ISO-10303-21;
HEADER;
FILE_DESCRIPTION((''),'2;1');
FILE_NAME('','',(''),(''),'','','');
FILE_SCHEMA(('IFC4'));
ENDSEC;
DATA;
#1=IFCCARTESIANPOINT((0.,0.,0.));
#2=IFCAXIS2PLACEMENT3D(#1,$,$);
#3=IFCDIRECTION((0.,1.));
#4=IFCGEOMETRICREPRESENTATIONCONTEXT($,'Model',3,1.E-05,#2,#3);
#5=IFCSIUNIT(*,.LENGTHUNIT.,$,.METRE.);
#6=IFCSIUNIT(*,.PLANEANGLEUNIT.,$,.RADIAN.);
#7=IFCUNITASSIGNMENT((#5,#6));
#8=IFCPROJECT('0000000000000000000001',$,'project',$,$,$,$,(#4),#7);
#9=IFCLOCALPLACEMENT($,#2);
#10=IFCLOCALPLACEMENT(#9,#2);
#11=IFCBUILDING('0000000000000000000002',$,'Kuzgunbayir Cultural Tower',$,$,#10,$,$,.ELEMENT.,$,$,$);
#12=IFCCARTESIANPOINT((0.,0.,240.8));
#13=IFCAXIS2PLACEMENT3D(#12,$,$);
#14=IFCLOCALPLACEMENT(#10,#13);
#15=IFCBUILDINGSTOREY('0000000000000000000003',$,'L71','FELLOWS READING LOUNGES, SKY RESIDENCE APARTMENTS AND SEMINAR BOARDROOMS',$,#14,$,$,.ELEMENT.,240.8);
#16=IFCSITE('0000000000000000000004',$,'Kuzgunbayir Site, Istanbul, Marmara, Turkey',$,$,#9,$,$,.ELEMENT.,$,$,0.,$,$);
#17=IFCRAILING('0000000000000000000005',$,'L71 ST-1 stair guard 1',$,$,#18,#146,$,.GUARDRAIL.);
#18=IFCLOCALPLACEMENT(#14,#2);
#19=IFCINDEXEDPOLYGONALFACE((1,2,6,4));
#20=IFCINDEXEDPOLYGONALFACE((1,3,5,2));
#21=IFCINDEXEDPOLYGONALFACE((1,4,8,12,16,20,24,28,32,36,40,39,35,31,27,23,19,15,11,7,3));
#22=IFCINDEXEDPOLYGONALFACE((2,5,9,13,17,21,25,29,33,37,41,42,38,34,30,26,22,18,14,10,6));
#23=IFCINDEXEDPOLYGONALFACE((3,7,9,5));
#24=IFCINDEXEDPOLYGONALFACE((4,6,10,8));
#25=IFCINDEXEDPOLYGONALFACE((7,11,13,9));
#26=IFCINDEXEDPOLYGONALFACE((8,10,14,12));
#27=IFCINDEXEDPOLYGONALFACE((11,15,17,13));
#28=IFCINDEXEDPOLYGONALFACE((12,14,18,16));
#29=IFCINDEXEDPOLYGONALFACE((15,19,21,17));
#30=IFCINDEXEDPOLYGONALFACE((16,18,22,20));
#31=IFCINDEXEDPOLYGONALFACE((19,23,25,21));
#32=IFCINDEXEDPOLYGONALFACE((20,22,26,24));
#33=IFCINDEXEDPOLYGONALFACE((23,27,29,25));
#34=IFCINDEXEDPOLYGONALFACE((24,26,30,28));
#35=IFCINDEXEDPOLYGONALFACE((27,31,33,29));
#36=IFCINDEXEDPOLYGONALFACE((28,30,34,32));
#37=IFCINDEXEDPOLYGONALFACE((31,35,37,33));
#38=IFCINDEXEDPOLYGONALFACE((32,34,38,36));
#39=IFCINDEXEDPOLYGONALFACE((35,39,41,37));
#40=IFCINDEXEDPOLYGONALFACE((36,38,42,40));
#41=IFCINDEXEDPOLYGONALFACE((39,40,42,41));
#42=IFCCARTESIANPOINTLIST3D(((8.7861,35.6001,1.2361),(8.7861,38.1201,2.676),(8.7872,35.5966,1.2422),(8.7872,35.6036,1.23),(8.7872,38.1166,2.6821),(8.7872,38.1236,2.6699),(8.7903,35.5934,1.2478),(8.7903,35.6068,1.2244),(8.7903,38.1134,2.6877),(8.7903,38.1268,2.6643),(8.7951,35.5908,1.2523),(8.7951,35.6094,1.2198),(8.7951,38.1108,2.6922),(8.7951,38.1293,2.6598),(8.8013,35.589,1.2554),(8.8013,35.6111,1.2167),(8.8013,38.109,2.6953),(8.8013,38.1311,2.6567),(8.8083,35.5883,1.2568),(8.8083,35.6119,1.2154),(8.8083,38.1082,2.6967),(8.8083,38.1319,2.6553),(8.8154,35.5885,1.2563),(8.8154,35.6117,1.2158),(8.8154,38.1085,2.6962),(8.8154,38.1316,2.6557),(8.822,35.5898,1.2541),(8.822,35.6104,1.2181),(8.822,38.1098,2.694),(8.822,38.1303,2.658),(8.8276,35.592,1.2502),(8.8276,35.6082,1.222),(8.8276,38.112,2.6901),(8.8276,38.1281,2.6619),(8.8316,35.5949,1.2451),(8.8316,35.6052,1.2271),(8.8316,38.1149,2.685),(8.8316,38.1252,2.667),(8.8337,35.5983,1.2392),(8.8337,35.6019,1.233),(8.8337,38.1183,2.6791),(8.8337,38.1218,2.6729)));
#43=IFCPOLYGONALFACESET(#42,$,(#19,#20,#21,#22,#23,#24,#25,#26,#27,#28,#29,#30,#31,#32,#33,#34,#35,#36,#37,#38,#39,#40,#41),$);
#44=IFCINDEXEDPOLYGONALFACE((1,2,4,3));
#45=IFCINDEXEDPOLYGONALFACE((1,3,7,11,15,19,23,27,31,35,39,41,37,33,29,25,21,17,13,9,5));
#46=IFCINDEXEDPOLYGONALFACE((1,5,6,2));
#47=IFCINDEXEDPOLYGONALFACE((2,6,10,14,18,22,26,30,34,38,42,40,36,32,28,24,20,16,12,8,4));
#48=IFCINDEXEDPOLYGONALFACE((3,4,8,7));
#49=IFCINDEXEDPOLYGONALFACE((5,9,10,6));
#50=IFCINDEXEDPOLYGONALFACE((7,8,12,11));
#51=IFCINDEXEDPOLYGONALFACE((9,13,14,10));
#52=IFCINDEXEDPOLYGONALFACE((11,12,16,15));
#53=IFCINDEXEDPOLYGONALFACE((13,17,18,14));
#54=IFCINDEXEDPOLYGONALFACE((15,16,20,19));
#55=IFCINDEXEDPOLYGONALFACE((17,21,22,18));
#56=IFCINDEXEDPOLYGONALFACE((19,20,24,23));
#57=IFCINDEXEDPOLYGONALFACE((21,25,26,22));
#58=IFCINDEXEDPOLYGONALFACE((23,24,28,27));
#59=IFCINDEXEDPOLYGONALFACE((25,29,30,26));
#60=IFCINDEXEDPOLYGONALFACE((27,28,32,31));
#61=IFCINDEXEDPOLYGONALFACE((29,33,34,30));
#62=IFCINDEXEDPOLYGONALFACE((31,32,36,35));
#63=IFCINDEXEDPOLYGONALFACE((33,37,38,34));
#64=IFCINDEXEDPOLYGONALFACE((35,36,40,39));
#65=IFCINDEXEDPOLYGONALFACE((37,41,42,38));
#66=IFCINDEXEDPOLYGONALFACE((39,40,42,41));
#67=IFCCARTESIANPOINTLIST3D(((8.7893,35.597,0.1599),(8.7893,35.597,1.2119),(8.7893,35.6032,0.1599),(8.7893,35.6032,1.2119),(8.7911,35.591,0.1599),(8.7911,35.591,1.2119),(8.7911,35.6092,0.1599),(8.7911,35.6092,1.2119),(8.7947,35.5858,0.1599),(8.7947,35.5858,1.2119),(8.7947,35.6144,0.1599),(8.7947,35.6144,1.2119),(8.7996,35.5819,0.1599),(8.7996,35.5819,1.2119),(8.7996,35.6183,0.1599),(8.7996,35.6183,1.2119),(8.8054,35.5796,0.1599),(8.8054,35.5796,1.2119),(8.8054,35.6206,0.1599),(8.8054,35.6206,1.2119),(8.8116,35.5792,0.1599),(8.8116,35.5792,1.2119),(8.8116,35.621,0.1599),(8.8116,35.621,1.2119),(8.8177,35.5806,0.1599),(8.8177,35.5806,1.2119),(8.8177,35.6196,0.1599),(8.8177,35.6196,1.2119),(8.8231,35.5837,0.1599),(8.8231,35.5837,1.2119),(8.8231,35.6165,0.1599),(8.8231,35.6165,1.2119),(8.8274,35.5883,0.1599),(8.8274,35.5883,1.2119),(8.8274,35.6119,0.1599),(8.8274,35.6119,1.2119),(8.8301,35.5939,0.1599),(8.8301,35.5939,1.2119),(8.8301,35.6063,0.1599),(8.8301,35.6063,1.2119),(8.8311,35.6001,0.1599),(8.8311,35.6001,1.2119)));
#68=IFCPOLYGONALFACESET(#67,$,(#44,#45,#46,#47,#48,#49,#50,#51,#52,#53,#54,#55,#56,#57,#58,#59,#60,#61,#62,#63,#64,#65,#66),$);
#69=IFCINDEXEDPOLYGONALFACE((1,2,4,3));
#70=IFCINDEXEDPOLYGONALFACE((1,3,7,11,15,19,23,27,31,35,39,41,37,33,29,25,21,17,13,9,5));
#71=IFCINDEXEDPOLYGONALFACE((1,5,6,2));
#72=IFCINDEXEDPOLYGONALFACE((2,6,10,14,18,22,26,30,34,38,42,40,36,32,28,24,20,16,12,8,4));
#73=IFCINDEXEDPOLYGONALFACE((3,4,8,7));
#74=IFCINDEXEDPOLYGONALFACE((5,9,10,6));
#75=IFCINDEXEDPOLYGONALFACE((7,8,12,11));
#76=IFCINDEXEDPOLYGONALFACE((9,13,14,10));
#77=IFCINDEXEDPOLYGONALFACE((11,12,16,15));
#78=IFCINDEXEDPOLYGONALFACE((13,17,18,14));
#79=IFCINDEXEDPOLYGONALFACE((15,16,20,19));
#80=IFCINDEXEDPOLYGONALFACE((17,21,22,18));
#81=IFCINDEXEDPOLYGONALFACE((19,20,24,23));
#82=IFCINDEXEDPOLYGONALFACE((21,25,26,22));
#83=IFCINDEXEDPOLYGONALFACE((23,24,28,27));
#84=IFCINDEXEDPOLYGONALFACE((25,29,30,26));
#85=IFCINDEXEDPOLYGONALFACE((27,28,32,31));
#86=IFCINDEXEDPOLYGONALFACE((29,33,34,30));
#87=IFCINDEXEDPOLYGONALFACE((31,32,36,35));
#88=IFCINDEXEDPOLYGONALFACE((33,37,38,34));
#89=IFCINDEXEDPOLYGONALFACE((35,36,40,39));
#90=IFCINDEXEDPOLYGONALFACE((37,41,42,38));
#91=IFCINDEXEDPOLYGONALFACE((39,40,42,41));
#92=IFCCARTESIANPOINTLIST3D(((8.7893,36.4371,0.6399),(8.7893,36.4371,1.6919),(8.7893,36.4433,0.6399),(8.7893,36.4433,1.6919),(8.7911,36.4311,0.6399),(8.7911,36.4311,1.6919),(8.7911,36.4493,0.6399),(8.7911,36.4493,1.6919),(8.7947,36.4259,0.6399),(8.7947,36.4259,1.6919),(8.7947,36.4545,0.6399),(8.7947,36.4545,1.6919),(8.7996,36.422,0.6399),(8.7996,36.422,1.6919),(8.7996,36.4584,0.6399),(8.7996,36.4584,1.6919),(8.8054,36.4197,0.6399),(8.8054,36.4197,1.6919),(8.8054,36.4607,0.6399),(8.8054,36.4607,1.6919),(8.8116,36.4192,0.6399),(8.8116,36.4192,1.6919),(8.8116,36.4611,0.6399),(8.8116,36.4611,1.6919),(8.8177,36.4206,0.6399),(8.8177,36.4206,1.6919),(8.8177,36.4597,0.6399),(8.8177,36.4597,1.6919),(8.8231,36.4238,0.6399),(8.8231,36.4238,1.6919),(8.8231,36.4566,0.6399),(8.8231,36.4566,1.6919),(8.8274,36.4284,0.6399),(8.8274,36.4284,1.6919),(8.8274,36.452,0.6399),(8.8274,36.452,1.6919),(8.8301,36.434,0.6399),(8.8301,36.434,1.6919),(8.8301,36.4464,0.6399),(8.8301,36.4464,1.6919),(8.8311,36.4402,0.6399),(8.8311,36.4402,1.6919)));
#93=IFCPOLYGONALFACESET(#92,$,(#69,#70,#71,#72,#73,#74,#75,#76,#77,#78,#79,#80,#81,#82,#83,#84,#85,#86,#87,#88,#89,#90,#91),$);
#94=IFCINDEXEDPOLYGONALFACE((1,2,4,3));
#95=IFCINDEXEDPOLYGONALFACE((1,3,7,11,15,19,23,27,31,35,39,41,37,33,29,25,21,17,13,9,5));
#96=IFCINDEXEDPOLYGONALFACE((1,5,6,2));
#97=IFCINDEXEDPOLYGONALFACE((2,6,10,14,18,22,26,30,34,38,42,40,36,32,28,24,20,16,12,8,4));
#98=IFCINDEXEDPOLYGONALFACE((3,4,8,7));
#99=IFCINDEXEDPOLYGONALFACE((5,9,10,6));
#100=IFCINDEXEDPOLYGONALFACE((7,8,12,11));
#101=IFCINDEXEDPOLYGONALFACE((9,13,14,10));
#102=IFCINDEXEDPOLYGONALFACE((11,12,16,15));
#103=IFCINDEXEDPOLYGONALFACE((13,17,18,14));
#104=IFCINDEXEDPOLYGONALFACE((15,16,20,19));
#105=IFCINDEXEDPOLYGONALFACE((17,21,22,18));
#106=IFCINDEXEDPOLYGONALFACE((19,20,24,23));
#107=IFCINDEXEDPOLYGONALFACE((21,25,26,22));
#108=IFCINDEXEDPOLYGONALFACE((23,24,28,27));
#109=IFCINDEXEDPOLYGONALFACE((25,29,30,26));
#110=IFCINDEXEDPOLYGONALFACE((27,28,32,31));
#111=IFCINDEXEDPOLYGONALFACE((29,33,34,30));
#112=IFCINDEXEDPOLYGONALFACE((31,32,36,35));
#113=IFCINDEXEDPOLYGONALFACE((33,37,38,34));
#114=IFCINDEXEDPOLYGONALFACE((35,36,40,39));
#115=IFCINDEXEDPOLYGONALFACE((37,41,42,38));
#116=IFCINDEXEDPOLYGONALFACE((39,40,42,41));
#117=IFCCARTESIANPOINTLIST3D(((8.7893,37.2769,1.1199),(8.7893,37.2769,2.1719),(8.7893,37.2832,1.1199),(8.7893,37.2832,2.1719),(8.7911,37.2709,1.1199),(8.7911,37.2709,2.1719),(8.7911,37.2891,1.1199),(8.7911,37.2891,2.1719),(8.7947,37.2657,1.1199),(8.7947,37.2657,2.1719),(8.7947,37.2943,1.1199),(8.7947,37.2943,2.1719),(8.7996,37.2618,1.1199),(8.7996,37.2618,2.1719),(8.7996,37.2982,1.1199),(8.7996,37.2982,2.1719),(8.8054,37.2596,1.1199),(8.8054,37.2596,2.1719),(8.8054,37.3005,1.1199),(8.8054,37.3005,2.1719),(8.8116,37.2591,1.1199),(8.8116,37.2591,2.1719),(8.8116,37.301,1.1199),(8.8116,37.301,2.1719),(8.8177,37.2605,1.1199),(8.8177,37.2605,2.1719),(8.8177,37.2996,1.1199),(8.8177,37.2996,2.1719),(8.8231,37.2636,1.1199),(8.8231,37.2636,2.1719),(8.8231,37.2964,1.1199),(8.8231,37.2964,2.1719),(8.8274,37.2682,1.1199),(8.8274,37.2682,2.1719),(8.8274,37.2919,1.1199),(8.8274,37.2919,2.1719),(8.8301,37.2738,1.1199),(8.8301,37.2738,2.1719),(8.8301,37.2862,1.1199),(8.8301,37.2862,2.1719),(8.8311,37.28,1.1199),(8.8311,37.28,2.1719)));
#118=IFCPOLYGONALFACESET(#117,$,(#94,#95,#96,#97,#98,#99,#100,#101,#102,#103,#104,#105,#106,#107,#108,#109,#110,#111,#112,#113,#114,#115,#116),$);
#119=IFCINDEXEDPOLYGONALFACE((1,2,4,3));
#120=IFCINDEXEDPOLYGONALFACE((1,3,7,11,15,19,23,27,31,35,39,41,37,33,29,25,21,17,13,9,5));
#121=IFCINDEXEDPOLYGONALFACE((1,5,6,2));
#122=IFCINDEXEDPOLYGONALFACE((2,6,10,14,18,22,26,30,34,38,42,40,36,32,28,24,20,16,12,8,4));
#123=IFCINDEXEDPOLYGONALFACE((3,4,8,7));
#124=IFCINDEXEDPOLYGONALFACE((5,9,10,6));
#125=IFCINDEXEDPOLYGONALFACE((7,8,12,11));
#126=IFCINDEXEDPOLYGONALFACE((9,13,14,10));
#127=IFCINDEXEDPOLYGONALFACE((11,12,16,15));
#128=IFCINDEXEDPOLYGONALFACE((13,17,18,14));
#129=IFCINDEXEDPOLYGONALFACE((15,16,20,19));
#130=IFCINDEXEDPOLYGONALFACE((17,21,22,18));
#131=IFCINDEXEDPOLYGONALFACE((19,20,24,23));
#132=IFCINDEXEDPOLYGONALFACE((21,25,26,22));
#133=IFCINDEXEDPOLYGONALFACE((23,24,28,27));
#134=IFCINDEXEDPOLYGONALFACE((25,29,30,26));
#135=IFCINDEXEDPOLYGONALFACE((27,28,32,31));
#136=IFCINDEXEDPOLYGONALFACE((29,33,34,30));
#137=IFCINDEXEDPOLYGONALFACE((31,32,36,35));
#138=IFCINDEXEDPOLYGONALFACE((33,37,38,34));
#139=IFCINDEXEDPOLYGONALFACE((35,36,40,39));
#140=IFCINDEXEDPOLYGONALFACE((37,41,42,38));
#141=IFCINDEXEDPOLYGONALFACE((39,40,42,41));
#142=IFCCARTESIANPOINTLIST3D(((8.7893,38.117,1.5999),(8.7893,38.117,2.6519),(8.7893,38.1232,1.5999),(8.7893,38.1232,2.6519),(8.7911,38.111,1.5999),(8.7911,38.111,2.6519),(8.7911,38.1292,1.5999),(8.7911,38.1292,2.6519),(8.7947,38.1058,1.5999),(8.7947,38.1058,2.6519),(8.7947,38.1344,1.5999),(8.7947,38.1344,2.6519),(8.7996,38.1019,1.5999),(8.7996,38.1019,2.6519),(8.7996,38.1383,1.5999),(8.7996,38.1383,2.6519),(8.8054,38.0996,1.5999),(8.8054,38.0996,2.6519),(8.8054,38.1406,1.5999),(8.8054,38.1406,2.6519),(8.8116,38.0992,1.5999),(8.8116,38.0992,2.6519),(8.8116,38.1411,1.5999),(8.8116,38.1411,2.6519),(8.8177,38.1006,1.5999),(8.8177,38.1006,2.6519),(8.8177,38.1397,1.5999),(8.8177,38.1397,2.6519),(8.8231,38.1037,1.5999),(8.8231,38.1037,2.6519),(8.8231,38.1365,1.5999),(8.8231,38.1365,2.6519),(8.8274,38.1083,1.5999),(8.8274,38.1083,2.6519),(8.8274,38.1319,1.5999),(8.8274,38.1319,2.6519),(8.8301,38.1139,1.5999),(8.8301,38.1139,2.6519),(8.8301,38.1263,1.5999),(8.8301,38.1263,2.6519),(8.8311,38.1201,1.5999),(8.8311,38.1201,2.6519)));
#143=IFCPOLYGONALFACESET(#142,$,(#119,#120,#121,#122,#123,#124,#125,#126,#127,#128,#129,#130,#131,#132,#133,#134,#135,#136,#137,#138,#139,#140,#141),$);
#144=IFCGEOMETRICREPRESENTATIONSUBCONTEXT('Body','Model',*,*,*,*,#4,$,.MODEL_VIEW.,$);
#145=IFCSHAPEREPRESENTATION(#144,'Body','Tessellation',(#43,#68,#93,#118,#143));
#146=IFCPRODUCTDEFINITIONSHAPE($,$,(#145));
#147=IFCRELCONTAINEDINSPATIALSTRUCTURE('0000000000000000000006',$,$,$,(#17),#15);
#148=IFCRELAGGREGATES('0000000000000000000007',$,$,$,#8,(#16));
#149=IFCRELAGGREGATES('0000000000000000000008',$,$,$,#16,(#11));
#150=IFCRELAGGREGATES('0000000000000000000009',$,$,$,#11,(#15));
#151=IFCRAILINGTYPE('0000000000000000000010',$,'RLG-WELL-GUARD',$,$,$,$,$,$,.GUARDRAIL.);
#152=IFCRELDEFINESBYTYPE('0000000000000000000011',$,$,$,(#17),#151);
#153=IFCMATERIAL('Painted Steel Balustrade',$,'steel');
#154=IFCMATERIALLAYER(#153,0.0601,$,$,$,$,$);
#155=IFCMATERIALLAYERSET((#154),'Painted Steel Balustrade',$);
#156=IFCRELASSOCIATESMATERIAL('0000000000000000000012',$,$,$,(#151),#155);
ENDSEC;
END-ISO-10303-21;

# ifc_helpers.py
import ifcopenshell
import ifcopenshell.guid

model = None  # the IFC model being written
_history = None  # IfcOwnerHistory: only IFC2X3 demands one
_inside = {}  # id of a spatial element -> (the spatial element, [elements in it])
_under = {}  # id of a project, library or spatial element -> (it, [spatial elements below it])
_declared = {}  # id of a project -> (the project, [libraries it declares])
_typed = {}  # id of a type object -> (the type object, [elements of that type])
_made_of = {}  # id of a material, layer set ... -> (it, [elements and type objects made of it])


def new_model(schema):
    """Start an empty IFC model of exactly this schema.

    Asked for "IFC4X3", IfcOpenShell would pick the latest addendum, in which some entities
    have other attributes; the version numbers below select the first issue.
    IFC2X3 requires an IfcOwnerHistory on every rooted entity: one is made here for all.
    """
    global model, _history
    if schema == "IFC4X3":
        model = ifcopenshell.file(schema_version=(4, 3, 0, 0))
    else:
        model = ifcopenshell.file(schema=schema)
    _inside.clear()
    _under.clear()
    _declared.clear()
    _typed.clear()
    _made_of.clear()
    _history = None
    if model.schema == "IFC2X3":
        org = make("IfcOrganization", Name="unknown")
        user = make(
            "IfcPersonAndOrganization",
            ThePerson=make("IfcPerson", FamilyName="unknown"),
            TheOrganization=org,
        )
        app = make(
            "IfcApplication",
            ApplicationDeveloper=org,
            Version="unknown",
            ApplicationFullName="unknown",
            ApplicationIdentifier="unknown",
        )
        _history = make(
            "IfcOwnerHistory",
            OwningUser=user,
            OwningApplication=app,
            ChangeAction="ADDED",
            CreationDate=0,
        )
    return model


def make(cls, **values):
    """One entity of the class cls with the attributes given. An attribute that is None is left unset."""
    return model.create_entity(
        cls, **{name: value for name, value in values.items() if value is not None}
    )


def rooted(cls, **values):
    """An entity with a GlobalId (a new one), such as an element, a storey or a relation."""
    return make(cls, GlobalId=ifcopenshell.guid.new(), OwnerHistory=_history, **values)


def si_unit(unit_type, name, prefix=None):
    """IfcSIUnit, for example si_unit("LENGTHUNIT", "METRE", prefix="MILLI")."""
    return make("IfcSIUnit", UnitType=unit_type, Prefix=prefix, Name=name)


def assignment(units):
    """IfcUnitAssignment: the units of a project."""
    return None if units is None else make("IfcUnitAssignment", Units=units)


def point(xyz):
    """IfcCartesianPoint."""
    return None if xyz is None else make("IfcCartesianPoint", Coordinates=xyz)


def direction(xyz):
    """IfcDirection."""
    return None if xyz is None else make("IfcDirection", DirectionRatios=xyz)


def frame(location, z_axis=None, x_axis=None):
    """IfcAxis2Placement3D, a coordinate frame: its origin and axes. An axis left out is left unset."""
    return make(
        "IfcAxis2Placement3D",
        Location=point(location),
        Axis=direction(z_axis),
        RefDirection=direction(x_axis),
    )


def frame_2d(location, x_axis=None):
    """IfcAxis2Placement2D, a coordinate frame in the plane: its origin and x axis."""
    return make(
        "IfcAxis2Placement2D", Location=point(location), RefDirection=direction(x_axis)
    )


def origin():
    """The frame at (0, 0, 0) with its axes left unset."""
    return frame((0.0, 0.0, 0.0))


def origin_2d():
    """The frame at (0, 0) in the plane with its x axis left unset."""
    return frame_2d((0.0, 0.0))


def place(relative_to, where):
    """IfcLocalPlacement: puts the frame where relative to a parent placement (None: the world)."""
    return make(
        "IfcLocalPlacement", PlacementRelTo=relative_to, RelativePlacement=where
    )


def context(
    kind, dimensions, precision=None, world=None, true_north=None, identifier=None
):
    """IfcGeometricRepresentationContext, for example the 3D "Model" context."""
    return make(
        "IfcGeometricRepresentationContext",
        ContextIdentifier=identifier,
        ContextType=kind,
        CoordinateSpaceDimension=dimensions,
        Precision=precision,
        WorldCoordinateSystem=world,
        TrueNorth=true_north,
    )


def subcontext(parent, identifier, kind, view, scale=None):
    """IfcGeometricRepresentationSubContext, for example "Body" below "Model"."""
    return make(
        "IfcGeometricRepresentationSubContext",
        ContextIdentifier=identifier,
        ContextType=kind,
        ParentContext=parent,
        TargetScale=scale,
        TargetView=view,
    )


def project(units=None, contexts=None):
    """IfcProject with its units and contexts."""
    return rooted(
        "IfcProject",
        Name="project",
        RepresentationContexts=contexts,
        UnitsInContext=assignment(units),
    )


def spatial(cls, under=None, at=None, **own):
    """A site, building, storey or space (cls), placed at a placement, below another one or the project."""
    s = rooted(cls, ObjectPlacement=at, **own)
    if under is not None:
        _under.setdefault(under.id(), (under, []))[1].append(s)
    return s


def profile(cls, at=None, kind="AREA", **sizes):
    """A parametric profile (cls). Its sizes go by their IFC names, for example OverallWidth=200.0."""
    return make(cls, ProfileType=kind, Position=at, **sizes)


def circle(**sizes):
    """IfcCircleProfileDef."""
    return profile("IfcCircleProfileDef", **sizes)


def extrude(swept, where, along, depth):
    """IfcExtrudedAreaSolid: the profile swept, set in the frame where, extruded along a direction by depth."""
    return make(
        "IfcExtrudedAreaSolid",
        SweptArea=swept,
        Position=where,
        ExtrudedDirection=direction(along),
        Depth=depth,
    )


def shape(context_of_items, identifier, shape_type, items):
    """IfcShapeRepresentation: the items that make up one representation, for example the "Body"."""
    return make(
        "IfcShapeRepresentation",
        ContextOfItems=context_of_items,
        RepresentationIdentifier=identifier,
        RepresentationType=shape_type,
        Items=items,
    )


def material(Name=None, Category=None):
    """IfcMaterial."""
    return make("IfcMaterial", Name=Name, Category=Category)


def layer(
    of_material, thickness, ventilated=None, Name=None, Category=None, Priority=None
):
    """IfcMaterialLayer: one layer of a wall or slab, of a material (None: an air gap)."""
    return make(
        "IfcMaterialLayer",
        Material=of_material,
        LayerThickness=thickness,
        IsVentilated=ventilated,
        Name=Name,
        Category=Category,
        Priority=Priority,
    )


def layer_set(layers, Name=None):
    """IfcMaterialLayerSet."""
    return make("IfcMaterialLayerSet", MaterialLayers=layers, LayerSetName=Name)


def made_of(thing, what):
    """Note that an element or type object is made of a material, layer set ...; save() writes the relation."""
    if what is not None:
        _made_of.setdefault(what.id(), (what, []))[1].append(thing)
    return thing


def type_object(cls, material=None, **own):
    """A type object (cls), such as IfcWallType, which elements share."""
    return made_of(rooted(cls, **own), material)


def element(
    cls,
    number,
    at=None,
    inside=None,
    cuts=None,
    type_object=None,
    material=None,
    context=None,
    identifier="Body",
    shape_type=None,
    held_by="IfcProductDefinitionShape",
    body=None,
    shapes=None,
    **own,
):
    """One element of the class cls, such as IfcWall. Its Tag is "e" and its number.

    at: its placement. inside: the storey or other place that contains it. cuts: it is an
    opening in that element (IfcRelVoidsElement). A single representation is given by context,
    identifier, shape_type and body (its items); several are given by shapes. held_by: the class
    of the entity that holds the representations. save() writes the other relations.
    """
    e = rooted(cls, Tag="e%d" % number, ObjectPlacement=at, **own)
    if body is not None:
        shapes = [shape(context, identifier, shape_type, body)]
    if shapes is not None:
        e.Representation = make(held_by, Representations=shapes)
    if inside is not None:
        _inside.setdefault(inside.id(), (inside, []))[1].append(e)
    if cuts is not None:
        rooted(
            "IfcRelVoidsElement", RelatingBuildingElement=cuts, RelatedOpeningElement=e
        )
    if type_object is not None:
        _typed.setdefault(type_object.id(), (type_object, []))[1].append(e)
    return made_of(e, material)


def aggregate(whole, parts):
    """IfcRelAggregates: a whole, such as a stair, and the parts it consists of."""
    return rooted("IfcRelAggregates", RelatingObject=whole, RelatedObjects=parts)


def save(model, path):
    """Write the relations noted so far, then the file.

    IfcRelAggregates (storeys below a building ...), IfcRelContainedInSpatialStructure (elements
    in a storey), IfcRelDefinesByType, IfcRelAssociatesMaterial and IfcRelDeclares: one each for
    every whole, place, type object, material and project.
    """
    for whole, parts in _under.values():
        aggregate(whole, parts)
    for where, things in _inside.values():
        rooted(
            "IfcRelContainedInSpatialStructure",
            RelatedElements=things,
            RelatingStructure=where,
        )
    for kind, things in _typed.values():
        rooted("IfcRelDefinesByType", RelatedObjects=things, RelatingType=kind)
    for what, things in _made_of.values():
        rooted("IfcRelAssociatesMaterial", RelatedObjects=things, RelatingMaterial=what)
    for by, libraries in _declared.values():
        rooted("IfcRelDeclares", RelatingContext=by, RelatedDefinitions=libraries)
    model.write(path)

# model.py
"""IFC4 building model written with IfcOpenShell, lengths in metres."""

from ifc_helpers import new_model, si_unit, direction, frame, origin, origin_2d, place, context, subcontext, project, spatial, circle, extrude, material, layer, layer_set, type_object, element, save


model = new_model("IFC4")

# Units and contexts
model_context = context("Model", 3, precision=1e-05, world=origin(), true_north=direction((0.0, 1.0)))
body_context = subcontext(model_context, "Body", "Model", "MODEL_VIEW")
ifc_project = project(units=[si_unit("LENGTHUNIT", "METRE"), si_unit("PLANEANGLEUNIT", "RADIAN")], contexts=[model_context])

# Site, building, storey
site_placement = place(None, origin())
site = spatial("IfcSite", under=ifc_project, at=site_placement, Name="Kuzgunbayir Site, Istanbul, Marmara, Turkey", CompositionType="ELEMENT", RefElevation=0.0)
building_placement = place(site_placement, origin())
building = spatial("IfcBuilding", under=site, at=building_placement, Name="Kuzgunbayir Cultural Tower", CompositionType="ELEMENT")
storey_placement = place(building_placement, frame((0.0, 0.0, 240.8)))
storey = spatial("IfcBuildingStorey", under=building, at=storey_placement, Name="L71", Description="FELLOWS READING LOUNGES, SKY RESIDENCE APARTMENTS AND SEMINAR BOARDROOMS", CompositionType="ELEMENT", Elevation=240.8)

# Railing
ifc_material_1 = material(Name="Painted Steel Balustrade", Category="steel")
ifc_layer_1 = layer(ifc_material_1, 0.0601)
ifc_layer_set_1 = layer_set([ifc_layer_1], Name="Painted Steel Balustrade")
railing_type_1 = type_object("IfcRailingType", Name="RLG-WELL-GUARD", PredefinedType="GUARDRAIL", material=ifc_layer_set_1)
railing_1_placement = place(storey_placement, frame((8.8101, 35.6001, 0.1599)))
element("IfcRailing", 1, at=railing_1_placement, inside=storey, type_object=railing_type_1, Name="L71 ST-1 stair guard 1", PredefinedType="GUARDRAIL", context=body_context, shape_type="SweptSolid", body=[
    extrude(circle(Radius=0.0239, at=origin_2d()), frame((0.0, 0.0, 1.0762), z_axis=(0.0, 0.868253, 0.496121), x_axis=(-1.0, 0.0, 0.0)), (0.0, 0.0, 1.0), 2.9023),
    extrude(circle(Radius=0.021, at=origin_2d()), origin(), (0.0, 0.0, 1.0), 1.052),
    extrude(circle(Radius=0.021, at=origin_2d()), frame((0.0, 0.8401, 0.48)), (0.0, 0.0, 1.0), 1.052),
    extrude(circle(Radius=0.021, at=origin_2d()), frame((0.0, 1.6799, 0.96)), (0.0, 0.0, 1.0), 1.052),
    extrude(circle(Radius=0.021, at=origin_2d()), frame((0.0, 2.52, 1.4399)), (0.0, 0.0, 1.0), 1.052),
])

save(model, "model.ifc")
